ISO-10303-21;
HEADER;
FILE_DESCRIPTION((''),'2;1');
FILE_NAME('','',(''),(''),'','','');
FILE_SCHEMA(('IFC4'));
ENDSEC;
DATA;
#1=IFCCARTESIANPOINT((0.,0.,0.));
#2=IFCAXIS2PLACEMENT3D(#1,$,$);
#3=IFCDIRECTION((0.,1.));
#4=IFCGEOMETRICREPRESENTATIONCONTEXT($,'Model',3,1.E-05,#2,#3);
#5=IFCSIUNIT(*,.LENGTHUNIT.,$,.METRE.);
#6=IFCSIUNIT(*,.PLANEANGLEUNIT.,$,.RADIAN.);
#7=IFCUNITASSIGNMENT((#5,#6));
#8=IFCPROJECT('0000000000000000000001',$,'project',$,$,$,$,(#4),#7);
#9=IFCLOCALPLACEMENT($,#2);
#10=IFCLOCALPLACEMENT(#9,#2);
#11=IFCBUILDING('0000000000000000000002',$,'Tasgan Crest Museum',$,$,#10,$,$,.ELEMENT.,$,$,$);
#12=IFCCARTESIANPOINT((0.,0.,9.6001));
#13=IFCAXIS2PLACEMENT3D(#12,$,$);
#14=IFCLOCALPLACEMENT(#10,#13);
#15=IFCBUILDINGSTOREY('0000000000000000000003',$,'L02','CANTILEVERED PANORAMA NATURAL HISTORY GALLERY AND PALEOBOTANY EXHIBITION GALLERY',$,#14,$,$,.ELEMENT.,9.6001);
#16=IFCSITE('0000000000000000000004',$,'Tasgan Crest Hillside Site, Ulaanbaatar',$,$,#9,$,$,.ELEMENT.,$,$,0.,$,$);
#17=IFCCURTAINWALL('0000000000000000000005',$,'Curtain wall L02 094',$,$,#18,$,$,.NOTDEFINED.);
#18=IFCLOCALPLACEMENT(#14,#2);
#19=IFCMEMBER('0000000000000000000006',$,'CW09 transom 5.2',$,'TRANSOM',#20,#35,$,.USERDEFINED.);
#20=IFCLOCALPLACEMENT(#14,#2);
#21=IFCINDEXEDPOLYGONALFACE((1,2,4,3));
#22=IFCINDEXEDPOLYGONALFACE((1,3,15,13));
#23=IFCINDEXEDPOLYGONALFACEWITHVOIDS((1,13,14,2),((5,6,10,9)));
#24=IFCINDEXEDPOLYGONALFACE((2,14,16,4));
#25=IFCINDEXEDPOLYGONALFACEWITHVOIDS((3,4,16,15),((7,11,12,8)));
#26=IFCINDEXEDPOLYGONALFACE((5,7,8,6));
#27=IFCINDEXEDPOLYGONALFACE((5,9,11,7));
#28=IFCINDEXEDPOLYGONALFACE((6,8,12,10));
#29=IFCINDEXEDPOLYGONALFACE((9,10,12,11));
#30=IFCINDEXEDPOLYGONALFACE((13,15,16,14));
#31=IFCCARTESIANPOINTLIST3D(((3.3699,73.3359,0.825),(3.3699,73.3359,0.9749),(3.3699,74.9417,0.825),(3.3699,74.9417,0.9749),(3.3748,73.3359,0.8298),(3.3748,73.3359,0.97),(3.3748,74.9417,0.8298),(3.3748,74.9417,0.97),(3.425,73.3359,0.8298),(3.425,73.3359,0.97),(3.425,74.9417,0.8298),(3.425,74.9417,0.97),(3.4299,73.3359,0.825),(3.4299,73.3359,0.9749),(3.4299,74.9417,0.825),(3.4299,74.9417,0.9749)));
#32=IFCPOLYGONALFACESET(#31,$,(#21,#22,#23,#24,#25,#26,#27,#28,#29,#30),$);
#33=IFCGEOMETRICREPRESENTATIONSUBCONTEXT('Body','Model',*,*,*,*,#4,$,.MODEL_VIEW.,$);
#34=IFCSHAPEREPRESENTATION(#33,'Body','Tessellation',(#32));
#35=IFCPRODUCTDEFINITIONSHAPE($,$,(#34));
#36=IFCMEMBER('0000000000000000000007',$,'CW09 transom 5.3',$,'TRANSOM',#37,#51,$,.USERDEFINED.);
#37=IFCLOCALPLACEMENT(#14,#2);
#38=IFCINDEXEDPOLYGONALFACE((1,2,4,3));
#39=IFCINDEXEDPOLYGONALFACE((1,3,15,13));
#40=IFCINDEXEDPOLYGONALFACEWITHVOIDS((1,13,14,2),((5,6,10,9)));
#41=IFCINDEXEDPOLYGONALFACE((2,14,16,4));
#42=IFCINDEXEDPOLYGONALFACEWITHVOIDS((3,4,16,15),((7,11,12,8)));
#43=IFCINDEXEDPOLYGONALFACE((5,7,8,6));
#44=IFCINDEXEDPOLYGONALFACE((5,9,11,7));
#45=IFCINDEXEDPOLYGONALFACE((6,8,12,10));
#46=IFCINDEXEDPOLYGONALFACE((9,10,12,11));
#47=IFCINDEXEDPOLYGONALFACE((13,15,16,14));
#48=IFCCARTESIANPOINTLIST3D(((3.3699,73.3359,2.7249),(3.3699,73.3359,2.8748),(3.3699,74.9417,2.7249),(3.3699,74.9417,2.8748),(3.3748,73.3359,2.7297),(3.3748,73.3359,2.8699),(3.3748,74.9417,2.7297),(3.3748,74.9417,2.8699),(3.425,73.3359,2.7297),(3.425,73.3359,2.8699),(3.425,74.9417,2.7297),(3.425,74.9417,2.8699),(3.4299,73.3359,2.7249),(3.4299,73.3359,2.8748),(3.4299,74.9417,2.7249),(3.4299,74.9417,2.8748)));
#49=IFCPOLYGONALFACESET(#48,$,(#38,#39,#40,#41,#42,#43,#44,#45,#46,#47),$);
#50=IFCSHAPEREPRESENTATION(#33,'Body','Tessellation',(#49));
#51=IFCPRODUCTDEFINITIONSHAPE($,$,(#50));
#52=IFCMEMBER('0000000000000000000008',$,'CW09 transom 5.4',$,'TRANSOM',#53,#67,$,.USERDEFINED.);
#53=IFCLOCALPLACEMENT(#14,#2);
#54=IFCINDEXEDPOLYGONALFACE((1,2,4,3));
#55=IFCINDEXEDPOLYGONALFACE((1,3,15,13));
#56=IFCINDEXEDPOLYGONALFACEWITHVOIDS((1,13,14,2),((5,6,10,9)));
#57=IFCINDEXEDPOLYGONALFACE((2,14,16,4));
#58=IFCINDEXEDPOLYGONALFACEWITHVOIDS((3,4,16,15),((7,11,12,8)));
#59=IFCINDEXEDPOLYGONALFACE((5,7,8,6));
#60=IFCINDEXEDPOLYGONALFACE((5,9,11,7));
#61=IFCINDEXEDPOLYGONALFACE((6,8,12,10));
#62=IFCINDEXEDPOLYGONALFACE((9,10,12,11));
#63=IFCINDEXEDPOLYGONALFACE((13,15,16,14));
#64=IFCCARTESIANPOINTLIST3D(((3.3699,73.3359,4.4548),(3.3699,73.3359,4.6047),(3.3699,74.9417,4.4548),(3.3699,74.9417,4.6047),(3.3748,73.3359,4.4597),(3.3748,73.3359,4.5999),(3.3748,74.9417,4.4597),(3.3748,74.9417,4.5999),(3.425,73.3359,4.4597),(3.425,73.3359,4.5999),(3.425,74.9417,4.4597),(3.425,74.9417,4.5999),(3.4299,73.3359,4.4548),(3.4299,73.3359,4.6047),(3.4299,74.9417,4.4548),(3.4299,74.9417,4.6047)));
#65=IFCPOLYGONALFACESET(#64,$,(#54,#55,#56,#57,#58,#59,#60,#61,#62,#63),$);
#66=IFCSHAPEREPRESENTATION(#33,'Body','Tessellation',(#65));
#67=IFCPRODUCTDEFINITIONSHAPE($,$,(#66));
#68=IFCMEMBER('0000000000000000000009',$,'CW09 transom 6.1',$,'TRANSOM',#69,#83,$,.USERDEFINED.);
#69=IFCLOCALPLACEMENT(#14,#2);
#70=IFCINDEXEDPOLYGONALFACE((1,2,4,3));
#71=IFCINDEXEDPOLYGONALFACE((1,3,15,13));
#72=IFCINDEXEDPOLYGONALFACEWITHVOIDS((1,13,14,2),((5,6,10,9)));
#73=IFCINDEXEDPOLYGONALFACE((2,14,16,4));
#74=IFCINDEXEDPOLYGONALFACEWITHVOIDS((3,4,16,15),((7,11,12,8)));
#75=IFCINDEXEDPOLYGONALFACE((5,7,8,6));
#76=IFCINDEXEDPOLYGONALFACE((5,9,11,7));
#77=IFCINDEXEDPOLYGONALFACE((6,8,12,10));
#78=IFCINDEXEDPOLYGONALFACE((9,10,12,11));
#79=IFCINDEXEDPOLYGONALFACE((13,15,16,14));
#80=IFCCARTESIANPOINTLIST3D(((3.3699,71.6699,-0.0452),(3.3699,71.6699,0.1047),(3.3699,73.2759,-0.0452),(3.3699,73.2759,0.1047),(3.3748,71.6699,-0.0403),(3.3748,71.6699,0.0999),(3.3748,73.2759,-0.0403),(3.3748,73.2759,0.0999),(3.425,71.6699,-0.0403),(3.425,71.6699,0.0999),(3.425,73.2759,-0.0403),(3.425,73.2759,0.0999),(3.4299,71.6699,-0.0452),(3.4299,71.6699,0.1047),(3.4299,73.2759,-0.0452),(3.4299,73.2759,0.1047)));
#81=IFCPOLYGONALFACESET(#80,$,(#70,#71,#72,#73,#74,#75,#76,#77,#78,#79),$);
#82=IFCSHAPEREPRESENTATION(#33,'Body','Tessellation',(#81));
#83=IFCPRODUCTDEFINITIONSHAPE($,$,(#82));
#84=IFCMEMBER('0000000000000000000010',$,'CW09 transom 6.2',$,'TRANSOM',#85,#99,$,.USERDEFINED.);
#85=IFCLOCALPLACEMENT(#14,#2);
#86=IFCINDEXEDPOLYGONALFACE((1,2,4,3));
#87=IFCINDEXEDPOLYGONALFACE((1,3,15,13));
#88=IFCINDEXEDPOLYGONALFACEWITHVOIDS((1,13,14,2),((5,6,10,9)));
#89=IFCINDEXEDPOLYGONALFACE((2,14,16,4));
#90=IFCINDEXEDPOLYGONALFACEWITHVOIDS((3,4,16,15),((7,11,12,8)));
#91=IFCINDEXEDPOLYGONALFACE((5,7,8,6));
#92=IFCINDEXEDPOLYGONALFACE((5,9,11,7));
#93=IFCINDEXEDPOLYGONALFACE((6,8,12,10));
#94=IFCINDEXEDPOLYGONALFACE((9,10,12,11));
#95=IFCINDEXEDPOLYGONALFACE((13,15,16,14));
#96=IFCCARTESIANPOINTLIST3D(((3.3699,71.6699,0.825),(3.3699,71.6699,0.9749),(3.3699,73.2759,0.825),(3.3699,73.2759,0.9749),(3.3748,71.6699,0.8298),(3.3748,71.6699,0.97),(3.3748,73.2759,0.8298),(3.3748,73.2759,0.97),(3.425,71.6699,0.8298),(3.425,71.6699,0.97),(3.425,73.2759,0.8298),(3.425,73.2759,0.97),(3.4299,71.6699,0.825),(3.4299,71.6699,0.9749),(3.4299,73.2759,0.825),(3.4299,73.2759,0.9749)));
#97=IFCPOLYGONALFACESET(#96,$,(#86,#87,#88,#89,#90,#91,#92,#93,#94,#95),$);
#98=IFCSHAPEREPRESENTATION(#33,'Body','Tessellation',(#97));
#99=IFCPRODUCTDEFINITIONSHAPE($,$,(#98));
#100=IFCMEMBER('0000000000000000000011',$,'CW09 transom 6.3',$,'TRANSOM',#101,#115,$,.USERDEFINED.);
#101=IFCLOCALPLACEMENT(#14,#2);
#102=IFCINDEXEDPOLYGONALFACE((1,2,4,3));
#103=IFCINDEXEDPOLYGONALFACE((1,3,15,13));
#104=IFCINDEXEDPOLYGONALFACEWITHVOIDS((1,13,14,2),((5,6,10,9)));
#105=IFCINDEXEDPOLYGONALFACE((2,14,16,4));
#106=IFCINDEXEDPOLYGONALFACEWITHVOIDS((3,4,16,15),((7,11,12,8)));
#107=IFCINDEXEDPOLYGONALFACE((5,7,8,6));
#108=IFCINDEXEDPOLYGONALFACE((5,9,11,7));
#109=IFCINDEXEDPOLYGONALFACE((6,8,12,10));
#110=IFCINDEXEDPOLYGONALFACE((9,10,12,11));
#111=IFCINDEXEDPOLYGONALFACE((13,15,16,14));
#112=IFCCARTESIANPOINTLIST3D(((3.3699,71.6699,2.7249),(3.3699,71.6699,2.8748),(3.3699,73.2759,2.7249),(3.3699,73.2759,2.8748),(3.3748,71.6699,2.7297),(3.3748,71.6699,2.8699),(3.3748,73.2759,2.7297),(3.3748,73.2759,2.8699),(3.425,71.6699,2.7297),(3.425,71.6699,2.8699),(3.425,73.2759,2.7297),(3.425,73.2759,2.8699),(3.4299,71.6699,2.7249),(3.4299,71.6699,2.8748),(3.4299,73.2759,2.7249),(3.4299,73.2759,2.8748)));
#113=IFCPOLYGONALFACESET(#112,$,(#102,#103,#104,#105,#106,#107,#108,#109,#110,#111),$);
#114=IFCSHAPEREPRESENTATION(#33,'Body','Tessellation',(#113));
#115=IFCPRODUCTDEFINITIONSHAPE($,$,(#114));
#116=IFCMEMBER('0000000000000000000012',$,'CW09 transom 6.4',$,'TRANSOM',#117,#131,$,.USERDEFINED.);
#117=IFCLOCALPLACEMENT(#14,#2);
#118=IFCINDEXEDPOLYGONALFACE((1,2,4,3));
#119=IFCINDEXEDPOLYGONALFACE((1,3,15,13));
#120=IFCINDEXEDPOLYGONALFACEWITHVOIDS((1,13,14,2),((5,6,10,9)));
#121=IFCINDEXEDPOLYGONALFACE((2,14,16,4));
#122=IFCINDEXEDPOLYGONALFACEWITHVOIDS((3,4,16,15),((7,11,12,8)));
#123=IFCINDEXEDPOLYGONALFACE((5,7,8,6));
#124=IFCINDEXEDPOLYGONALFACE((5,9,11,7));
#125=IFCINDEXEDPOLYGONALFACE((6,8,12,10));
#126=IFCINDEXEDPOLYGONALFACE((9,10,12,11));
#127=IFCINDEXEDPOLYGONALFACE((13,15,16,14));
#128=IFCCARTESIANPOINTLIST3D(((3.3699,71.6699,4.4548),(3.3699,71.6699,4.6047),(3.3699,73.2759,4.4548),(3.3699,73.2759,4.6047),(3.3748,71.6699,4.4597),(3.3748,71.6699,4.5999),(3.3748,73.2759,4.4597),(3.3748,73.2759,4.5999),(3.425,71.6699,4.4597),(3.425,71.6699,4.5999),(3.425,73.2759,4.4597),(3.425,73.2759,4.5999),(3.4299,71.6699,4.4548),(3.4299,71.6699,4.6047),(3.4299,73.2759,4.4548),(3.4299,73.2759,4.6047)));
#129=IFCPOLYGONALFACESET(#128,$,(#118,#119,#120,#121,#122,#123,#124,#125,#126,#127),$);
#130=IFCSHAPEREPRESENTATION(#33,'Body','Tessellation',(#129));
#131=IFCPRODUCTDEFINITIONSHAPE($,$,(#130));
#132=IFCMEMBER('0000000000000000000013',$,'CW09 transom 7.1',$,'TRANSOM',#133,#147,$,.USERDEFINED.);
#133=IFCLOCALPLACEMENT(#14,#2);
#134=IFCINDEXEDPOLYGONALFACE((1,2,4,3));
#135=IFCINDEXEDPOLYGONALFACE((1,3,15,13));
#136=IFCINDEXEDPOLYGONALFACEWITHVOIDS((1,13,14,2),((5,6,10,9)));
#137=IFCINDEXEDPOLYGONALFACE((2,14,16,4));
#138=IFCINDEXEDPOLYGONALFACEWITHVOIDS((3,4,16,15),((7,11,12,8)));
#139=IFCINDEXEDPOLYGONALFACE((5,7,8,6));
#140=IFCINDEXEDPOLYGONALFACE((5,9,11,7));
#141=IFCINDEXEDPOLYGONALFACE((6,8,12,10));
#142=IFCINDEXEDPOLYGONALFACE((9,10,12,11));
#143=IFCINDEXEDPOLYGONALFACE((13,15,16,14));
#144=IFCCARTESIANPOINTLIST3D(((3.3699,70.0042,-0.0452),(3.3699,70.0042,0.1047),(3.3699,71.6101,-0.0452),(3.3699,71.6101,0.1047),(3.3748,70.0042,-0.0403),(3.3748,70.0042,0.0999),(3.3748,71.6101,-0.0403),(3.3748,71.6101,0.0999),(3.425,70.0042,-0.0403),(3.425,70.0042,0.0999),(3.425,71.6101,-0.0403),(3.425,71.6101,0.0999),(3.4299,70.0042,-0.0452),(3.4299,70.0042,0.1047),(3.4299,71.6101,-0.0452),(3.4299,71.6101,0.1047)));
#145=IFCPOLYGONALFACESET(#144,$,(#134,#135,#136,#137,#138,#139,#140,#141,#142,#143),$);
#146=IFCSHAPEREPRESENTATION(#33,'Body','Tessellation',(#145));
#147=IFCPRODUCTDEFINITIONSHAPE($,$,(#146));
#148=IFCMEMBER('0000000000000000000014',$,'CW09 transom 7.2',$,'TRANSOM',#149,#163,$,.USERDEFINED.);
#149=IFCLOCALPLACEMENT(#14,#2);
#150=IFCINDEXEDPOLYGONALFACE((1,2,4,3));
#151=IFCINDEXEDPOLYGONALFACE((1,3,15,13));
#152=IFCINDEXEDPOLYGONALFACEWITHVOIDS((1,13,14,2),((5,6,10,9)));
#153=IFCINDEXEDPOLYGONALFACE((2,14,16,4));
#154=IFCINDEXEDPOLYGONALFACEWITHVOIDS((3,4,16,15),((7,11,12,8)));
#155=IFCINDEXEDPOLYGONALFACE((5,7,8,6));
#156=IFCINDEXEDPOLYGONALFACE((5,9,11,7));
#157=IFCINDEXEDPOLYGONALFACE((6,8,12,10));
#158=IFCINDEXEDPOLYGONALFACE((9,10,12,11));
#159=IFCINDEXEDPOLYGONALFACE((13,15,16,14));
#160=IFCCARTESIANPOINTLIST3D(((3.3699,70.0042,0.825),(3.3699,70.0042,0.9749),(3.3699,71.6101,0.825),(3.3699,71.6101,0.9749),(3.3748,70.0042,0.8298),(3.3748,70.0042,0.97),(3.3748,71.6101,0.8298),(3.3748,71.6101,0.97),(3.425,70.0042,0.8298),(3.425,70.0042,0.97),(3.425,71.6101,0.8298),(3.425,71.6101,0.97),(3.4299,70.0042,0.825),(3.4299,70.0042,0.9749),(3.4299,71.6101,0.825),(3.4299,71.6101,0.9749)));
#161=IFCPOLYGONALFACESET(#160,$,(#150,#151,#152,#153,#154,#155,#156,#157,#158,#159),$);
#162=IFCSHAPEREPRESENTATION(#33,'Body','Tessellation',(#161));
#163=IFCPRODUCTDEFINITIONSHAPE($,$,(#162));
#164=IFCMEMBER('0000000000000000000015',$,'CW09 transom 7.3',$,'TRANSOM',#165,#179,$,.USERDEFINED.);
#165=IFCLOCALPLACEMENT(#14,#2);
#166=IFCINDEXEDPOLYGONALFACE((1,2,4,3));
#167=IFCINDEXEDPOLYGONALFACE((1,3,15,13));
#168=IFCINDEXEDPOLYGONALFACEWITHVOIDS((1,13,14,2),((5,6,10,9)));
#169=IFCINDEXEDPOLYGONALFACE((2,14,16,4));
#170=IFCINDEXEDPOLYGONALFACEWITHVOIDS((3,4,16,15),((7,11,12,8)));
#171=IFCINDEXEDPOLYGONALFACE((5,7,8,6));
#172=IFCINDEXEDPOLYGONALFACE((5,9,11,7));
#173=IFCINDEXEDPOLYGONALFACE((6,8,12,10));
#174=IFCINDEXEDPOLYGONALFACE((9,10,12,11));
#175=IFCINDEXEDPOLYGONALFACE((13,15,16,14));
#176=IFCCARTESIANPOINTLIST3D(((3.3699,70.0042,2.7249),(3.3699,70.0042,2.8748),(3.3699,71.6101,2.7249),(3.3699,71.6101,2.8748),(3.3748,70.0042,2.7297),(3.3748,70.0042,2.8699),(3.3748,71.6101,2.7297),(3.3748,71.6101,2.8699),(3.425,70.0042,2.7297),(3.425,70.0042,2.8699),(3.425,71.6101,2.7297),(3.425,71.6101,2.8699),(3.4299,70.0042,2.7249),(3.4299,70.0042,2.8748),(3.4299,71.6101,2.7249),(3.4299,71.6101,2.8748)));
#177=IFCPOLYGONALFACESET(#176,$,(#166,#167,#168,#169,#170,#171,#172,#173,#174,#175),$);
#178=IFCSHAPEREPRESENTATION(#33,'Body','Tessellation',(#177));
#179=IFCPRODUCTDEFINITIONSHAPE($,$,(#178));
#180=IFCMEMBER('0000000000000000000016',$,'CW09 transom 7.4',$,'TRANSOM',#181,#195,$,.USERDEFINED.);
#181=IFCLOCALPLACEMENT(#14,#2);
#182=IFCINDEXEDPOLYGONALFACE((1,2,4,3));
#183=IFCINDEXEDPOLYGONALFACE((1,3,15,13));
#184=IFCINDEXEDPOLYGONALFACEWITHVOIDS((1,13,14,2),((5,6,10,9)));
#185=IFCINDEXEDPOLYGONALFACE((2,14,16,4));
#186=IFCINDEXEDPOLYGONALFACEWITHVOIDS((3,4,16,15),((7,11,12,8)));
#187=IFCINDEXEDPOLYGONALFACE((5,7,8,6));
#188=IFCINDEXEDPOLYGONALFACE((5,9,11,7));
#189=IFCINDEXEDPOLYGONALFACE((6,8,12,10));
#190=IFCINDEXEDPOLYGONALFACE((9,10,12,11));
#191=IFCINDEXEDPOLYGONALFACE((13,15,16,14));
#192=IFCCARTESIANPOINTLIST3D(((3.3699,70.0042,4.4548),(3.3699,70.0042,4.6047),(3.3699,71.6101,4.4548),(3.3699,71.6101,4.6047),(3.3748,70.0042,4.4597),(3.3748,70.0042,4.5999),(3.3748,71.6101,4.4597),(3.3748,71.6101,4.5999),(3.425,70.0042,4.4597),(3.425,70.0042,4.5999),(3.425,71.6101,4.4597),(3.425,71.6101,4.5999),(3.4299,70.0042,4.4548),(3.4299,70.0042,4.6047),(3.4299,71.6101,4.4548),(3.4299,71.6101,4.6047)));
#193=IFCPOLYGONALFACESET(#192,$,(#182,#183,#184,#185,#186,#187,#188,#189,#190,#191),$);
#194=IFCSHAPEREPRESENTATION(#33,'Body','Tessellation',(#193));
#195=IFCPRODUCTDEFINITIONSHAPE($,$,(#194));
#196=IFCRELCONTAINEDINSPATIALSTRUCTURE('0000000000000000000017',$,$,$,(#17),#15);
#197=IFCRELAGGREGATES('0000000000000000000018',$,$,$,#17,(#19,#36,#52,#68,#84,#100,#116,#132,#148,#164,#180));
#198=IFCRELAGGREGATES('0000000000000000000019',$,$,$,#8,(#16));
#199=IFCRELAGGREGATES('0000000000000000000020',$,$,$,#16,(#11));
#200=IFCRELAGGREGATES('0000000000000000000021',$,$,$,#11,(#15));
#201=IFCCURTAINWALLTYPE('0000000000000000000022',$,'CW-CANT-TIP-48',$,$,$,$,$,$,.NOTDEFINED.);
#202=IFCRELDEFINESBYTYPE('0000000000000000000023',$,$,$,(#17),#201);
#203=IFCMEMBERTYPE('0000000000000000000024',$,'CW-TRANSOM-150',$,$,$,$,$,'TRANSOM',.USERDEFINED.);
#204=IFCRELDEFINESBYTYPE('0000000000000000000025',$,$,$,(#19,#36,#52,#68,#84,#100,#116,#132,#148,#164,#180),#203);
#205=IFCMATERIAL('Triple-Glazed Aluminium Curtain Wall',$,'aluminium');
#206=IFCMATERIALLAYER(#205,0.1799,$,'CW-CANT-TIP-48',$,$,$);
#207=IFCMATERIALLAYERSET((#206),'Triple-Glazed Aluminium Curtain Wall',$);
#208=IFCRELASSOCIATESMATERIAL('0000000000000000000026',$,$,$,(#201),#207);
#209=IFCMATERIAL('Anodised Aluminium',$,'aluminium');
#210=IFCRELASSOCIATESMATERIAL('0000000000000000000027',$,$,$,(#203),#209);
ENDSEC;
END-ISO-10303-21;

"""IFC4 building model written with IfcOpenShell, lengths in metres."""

from ifc_helpers import new_model, si_unit, direction, frame, origin, origin_2d, place, context, subcontext, project, spatial, hollow_rectangle, extrude, material, layer, layer_set, material_profile, profile_set, type_object, element, aggregate, save


model = new_model("IFC4")

# Units and contexts
model_context = context("Model", 3, precision=1e-05, world=origin(), true_north=direction((0.0, 1.0)))
body_context = subcontext(model_context, "Body", "Model", "MODEL_VIEW")
ifc_project = project(units=[si_unit("LENGTHUNIT", "METRE"), si_unit("PLANEANGLEUNIT", "RADIAN")], contexts=[model_context])

# Site, building, storey
site_placement = place(None, origin())
site = spatial("IfcSite", under=ifc_project, at=site_placement, Name="Tasgan Crest Hillside Site, Ulaanbaatar", CompositionType="ELEMENT", RefElevation=0.0)
building_placement = place(site_placement, origin())
building = spatial("IfcBuilding", under=site, at=building_placement, Name="Tasgan Crest Museum", CompositionType="ELEMENT")
storey_placement = place(building_placement, frame((0.0, 0.0, 9.6001)))
storey = spatial("IfcBuildingStorey", under=building, at=storey_placement, Name="L02", Description="CANTILEVERED PANORAMA NATURAL HISTORY GALLERY AND PALEOBOTANY EXHIBITION GALLERY", CompositionType="ELEMENT", Elevation=9.6001)

# Curtain wall, members
ifc_material_1 = material(Name="Triple-Glazed Aluminium Curtain Wall", Category="aluminium")
ifc_layer_1 = layer(ifc_material_1, 0.1799, Name="CW-CANT-TIP-48")
ifc_layer_set_1 = layer_set([ifc_layer_1], Name="Triple-Glazed Aluminium Curtain Wall")
curtain_wall_type = type_object("IfcCurtainWallType", Name="CW-CANT-TIP-48", PredefinedType="NOTDEFINED", material=ifc_layer_set_1)
curtain_wall_placement = place(storey_placement, origin())
curtain_wall = element("IfcCurtainWall", 1, at=curtain_wall_placement, inside=storey, type_object=curtain_wall_type, Name="Curtain wall L02 094", PredefinedType="NOTDEFINED")
ifc_material_2 = material(Name="Anodised Aluminium", Category="aluminium")
ifc_material_profile_1 = material_profile(ifc_material_2, hollow_rectangle(XDim=0.0601, YDim=0.1499, WallThickness=0.0049, at=origin_2d()), Name="ALU TRANSOM 150x60x5")
ifc_profile_set_1 = profile_set([ifc_material_profile_1], Name="Anodised Aluminium")
member_type_1 = type_object("IfcMemberType", Name="CW-TRANSOM-150", ElementType="TRANSOM", PredefinedType="USERDEFINED", material=ifc_profile_set_1)
member_1_placement = place(storey_placement, frame((3.3999, 74.9417, 0.8999), z_axis=(0.0, -1.0, 0.0), x_axis=(1.0, 0.0, 0.0)))
member_1 = element("IfcMember", 2, at=member_1_placement, type_object=member_type_1, Name="CW09 transom 5.2", ObjectType="TRANSOM", PredefinedType="USERDEFINED", context=body_context, shape_type="SweptSolid", body=[
    extrude(hollow_rectangle(XDim=0.0601, YDim=0.1499, WallThickness=0.0049, at=origin_2d()), origin(), (0.0, 0.0, 1.0), 1.6057),
])
member_2_placement = place(storey_placement, frame((3.3999, 74.9417, 2.7998), z_axis=(0.0, -1.0, 0.0), x_axis=(1.0, 0.0, 0.0)))
member_2 = element("IfcMember", 3, at=member_2_placement, type_object=member_type_1, Name="CW09 transom 5.3", ObjectType="TRANSOM", PredefinedType="USERDEFINED", context=body_context, shape_type="SweptSolid", body=[
    extrude(hollow_rectangle(XDim=0.0601, YDim=0.1499, WallThickness=0.0049, at=origin_2d()), origin(), (0.0, 0.0, 1.0), 1.6057),
])
member_3_placement = place(storey_placement, frame((3.3999, 74.9417, 4.5298), z_axis=(0.0, -1.0, 0.0), x_axis=(1.0, 0.0, 0.0)))
member_3 = element("IfcMember", 4, at=member_3_placement, type_object=member_type_1, Name="CW09 transom 5.4", ObjectType="TRANSOM", PredefinedType="USERDEFINED", context=body_context, shape_type="SweptSolid", body=[
    extrude(hollow_rectangle(XDim=0.0601, YDim=0.1499, WallThickness=0.0049, at=origin_2d()), origin(), (0.0, 0.0, 1.0), 1.6057),
])
member_4_placement = place(storey_placement, frame((3.3999, 73.2759, 0.0298), z_axis=(0.0, -1.0, 0.0), x_axis=(1.0, 0.0, 0.0)))
member_4 = element("IfcMember", 5, at=member_4_placement, type_object=member_type_1, Name="CW09 transom 6.1", ObjectType="TRANSOM", PredefinedType="USERDEFINED", context=body_context, shape_type="SweptSolid", body=[
    extrude(hollow_rectangle(XDim=0.0601, YDim=0.1499, WallThickness=0.0049, at=origin_2d()), origin(), (0.0, 0.0, 1.0), 1.606),
])
member_5_placement = place(storey_placement, frame((3.3999, 73.2759, 0.8999), z_axis=(0.0, -1.0, 0.0), x_axis=(1.0, 0.0, 0.0)))
member_5 = element("IfcMember", 6, at=member_5_placement, type_object=member_type_1, Name="CW09 transom 6.2", ObjectType="TRANSOM", PredefinedType="USERDEFINED", context=body_context, shape_type="SweptSolid", body=[
    extrude(hollow_rectangle(XDim=0.0601, YDim=0.1499, WallThickness=0.0049, at=origin_2d()), origin(), (0.0, 0.0, 1.0), 1.606),
])
member_6_placement = place(storey_placement, frame((3.3999, 73.2759, 2.7998), z_axis=(0.0, -1.0, 0.0), x_axis=(1.0, 0.0, 0.0)))
member_6 = element("IfcMember", 7, at=member_6_placement, type_object=member_type_1, Name="CW09 transom 6.3", ObjectType="TRANSOM", PredefinedType="USERDEFINED", context=body_context, shape_type="SweptSolid", body=[
    extrude(hollow_rectangle(XDim=0.0601, YDim=0.1499, WallThickness=0.0049, at=origin_2d()), origin(), (0.0, 0.0, 1.0), 1.606),
])
member_7_placement = place(storey_placement, frame((3.3999, 73.2759, 4.5298), z_axis=(0.0, -1.0, 0.0), x_axis=(1.0, 0.0, 0.0)))
member_7 = element("IfcMember", 8, at=member_7_placement, type_object=member_type_1, Name="CW09 transom 6.4", ObjectType="TRANSOM", PredefinedType="USERDEFINED", context=body_context, shape_type="SweptSolid", body=[
    extrude(hollow_rectangle(XDim=0.0601, YDim=0.1499, WallThickness=0.0049, at=origin_2d()), origin(), (0.0, 0.0, 1.0), 1.606),
])
member_8_placement = place(storey_placement, frame((3.3999, 71.6101, 0.0298), z_axis=(0.0, -1.0, 0.0), x_axis=(1.0, 0.0, 0.0)))
member_8 = element("IfcMember", 9, at=member_8_placement, type_object=member_type_1, Name="CW09 transom 7.1", ObjectType="TRANSOM", PredefinedType="USERDEFINED", context=body_context, shape_type="SweptSolid", body=[
    extrude(hollow_rectangle(XDim=0.0601, YDim=0.1499, WallThickness=0.0049, at=origin_2d()), origin(), (0.0, 0.0, 1.0), 1.606),
])
member_9_placement = place(storey_placement, frame((3.3999, 71.6101, 0.8999), z_axis=(0.0, -1.0, 0.0), x_axis=(1.0, 0.0, 0.0)))
member_9 = element("IfcMember", 10, at=member_9_placement, type_object=member_type_1, Name="CW09 transom 7.2", ObjectType="TRANSOM", PredefinedType="USERDEFINED", context=body_context, shape_type="SweptSolid", body=[
    extrude(hollow_rectangle(XDim=0.0601, YDim=0.1499, WallThickness=0.0049, at=origin_2d()), origin(), (0.0, 0.0, 1.0), 1.606),
])
member_10_placement = place(storey_placement, frame((3.3999, 71.6101, 2.7998), z_axis=(0.0, -1.0, 0.0), x_axis=(1.0, 0.0, 0.0)))
member_10 = element("IfcMember", 11, at=member_10_placement, type_object=member_type_1, Name="CW09 transom 7.3", ObjectType="TRANSOM", PredefinedType="USERDEFINED", context=body_context, shape_type="SweptSolid", body=[
    extrude(hollow_rectangle(XDim=0.0601, YDim=0.1499, WallThickness=0.0049, at=origin_2d()), origin(), (0.0, 0.0, 1.0), 1.606),
])
member_11_placement = place(storey_placement, frame((3.3999, 71.6101, 4.5298), z_axis=(0.0, -1.0, 0.0), x_axis=(1.0, 0.0, 0.0)))
member_11 = element("IfcMember", 12, at=member_11_placement, type_object=member_type_1, Name="CW09 transom 7.4", ObjectType="TRANSOM", PredefinedType="USERDEFINED", context=body_context, shape_type="SweptSolid", body=[
    extrude(hollow_rectangle(XDim=0.0601, YDim=0.1499, WallThickness=0.0049, at=origin_2d()), origin(), (0.0, 0.0, 1.0), 1.606),
])
aggregate(curtain_wall, [member_1, member_2, member_3, member_4, member_5, member_6, member_7, member_8, member_9, member_10, member_11])

save(model, "model.ifc")
